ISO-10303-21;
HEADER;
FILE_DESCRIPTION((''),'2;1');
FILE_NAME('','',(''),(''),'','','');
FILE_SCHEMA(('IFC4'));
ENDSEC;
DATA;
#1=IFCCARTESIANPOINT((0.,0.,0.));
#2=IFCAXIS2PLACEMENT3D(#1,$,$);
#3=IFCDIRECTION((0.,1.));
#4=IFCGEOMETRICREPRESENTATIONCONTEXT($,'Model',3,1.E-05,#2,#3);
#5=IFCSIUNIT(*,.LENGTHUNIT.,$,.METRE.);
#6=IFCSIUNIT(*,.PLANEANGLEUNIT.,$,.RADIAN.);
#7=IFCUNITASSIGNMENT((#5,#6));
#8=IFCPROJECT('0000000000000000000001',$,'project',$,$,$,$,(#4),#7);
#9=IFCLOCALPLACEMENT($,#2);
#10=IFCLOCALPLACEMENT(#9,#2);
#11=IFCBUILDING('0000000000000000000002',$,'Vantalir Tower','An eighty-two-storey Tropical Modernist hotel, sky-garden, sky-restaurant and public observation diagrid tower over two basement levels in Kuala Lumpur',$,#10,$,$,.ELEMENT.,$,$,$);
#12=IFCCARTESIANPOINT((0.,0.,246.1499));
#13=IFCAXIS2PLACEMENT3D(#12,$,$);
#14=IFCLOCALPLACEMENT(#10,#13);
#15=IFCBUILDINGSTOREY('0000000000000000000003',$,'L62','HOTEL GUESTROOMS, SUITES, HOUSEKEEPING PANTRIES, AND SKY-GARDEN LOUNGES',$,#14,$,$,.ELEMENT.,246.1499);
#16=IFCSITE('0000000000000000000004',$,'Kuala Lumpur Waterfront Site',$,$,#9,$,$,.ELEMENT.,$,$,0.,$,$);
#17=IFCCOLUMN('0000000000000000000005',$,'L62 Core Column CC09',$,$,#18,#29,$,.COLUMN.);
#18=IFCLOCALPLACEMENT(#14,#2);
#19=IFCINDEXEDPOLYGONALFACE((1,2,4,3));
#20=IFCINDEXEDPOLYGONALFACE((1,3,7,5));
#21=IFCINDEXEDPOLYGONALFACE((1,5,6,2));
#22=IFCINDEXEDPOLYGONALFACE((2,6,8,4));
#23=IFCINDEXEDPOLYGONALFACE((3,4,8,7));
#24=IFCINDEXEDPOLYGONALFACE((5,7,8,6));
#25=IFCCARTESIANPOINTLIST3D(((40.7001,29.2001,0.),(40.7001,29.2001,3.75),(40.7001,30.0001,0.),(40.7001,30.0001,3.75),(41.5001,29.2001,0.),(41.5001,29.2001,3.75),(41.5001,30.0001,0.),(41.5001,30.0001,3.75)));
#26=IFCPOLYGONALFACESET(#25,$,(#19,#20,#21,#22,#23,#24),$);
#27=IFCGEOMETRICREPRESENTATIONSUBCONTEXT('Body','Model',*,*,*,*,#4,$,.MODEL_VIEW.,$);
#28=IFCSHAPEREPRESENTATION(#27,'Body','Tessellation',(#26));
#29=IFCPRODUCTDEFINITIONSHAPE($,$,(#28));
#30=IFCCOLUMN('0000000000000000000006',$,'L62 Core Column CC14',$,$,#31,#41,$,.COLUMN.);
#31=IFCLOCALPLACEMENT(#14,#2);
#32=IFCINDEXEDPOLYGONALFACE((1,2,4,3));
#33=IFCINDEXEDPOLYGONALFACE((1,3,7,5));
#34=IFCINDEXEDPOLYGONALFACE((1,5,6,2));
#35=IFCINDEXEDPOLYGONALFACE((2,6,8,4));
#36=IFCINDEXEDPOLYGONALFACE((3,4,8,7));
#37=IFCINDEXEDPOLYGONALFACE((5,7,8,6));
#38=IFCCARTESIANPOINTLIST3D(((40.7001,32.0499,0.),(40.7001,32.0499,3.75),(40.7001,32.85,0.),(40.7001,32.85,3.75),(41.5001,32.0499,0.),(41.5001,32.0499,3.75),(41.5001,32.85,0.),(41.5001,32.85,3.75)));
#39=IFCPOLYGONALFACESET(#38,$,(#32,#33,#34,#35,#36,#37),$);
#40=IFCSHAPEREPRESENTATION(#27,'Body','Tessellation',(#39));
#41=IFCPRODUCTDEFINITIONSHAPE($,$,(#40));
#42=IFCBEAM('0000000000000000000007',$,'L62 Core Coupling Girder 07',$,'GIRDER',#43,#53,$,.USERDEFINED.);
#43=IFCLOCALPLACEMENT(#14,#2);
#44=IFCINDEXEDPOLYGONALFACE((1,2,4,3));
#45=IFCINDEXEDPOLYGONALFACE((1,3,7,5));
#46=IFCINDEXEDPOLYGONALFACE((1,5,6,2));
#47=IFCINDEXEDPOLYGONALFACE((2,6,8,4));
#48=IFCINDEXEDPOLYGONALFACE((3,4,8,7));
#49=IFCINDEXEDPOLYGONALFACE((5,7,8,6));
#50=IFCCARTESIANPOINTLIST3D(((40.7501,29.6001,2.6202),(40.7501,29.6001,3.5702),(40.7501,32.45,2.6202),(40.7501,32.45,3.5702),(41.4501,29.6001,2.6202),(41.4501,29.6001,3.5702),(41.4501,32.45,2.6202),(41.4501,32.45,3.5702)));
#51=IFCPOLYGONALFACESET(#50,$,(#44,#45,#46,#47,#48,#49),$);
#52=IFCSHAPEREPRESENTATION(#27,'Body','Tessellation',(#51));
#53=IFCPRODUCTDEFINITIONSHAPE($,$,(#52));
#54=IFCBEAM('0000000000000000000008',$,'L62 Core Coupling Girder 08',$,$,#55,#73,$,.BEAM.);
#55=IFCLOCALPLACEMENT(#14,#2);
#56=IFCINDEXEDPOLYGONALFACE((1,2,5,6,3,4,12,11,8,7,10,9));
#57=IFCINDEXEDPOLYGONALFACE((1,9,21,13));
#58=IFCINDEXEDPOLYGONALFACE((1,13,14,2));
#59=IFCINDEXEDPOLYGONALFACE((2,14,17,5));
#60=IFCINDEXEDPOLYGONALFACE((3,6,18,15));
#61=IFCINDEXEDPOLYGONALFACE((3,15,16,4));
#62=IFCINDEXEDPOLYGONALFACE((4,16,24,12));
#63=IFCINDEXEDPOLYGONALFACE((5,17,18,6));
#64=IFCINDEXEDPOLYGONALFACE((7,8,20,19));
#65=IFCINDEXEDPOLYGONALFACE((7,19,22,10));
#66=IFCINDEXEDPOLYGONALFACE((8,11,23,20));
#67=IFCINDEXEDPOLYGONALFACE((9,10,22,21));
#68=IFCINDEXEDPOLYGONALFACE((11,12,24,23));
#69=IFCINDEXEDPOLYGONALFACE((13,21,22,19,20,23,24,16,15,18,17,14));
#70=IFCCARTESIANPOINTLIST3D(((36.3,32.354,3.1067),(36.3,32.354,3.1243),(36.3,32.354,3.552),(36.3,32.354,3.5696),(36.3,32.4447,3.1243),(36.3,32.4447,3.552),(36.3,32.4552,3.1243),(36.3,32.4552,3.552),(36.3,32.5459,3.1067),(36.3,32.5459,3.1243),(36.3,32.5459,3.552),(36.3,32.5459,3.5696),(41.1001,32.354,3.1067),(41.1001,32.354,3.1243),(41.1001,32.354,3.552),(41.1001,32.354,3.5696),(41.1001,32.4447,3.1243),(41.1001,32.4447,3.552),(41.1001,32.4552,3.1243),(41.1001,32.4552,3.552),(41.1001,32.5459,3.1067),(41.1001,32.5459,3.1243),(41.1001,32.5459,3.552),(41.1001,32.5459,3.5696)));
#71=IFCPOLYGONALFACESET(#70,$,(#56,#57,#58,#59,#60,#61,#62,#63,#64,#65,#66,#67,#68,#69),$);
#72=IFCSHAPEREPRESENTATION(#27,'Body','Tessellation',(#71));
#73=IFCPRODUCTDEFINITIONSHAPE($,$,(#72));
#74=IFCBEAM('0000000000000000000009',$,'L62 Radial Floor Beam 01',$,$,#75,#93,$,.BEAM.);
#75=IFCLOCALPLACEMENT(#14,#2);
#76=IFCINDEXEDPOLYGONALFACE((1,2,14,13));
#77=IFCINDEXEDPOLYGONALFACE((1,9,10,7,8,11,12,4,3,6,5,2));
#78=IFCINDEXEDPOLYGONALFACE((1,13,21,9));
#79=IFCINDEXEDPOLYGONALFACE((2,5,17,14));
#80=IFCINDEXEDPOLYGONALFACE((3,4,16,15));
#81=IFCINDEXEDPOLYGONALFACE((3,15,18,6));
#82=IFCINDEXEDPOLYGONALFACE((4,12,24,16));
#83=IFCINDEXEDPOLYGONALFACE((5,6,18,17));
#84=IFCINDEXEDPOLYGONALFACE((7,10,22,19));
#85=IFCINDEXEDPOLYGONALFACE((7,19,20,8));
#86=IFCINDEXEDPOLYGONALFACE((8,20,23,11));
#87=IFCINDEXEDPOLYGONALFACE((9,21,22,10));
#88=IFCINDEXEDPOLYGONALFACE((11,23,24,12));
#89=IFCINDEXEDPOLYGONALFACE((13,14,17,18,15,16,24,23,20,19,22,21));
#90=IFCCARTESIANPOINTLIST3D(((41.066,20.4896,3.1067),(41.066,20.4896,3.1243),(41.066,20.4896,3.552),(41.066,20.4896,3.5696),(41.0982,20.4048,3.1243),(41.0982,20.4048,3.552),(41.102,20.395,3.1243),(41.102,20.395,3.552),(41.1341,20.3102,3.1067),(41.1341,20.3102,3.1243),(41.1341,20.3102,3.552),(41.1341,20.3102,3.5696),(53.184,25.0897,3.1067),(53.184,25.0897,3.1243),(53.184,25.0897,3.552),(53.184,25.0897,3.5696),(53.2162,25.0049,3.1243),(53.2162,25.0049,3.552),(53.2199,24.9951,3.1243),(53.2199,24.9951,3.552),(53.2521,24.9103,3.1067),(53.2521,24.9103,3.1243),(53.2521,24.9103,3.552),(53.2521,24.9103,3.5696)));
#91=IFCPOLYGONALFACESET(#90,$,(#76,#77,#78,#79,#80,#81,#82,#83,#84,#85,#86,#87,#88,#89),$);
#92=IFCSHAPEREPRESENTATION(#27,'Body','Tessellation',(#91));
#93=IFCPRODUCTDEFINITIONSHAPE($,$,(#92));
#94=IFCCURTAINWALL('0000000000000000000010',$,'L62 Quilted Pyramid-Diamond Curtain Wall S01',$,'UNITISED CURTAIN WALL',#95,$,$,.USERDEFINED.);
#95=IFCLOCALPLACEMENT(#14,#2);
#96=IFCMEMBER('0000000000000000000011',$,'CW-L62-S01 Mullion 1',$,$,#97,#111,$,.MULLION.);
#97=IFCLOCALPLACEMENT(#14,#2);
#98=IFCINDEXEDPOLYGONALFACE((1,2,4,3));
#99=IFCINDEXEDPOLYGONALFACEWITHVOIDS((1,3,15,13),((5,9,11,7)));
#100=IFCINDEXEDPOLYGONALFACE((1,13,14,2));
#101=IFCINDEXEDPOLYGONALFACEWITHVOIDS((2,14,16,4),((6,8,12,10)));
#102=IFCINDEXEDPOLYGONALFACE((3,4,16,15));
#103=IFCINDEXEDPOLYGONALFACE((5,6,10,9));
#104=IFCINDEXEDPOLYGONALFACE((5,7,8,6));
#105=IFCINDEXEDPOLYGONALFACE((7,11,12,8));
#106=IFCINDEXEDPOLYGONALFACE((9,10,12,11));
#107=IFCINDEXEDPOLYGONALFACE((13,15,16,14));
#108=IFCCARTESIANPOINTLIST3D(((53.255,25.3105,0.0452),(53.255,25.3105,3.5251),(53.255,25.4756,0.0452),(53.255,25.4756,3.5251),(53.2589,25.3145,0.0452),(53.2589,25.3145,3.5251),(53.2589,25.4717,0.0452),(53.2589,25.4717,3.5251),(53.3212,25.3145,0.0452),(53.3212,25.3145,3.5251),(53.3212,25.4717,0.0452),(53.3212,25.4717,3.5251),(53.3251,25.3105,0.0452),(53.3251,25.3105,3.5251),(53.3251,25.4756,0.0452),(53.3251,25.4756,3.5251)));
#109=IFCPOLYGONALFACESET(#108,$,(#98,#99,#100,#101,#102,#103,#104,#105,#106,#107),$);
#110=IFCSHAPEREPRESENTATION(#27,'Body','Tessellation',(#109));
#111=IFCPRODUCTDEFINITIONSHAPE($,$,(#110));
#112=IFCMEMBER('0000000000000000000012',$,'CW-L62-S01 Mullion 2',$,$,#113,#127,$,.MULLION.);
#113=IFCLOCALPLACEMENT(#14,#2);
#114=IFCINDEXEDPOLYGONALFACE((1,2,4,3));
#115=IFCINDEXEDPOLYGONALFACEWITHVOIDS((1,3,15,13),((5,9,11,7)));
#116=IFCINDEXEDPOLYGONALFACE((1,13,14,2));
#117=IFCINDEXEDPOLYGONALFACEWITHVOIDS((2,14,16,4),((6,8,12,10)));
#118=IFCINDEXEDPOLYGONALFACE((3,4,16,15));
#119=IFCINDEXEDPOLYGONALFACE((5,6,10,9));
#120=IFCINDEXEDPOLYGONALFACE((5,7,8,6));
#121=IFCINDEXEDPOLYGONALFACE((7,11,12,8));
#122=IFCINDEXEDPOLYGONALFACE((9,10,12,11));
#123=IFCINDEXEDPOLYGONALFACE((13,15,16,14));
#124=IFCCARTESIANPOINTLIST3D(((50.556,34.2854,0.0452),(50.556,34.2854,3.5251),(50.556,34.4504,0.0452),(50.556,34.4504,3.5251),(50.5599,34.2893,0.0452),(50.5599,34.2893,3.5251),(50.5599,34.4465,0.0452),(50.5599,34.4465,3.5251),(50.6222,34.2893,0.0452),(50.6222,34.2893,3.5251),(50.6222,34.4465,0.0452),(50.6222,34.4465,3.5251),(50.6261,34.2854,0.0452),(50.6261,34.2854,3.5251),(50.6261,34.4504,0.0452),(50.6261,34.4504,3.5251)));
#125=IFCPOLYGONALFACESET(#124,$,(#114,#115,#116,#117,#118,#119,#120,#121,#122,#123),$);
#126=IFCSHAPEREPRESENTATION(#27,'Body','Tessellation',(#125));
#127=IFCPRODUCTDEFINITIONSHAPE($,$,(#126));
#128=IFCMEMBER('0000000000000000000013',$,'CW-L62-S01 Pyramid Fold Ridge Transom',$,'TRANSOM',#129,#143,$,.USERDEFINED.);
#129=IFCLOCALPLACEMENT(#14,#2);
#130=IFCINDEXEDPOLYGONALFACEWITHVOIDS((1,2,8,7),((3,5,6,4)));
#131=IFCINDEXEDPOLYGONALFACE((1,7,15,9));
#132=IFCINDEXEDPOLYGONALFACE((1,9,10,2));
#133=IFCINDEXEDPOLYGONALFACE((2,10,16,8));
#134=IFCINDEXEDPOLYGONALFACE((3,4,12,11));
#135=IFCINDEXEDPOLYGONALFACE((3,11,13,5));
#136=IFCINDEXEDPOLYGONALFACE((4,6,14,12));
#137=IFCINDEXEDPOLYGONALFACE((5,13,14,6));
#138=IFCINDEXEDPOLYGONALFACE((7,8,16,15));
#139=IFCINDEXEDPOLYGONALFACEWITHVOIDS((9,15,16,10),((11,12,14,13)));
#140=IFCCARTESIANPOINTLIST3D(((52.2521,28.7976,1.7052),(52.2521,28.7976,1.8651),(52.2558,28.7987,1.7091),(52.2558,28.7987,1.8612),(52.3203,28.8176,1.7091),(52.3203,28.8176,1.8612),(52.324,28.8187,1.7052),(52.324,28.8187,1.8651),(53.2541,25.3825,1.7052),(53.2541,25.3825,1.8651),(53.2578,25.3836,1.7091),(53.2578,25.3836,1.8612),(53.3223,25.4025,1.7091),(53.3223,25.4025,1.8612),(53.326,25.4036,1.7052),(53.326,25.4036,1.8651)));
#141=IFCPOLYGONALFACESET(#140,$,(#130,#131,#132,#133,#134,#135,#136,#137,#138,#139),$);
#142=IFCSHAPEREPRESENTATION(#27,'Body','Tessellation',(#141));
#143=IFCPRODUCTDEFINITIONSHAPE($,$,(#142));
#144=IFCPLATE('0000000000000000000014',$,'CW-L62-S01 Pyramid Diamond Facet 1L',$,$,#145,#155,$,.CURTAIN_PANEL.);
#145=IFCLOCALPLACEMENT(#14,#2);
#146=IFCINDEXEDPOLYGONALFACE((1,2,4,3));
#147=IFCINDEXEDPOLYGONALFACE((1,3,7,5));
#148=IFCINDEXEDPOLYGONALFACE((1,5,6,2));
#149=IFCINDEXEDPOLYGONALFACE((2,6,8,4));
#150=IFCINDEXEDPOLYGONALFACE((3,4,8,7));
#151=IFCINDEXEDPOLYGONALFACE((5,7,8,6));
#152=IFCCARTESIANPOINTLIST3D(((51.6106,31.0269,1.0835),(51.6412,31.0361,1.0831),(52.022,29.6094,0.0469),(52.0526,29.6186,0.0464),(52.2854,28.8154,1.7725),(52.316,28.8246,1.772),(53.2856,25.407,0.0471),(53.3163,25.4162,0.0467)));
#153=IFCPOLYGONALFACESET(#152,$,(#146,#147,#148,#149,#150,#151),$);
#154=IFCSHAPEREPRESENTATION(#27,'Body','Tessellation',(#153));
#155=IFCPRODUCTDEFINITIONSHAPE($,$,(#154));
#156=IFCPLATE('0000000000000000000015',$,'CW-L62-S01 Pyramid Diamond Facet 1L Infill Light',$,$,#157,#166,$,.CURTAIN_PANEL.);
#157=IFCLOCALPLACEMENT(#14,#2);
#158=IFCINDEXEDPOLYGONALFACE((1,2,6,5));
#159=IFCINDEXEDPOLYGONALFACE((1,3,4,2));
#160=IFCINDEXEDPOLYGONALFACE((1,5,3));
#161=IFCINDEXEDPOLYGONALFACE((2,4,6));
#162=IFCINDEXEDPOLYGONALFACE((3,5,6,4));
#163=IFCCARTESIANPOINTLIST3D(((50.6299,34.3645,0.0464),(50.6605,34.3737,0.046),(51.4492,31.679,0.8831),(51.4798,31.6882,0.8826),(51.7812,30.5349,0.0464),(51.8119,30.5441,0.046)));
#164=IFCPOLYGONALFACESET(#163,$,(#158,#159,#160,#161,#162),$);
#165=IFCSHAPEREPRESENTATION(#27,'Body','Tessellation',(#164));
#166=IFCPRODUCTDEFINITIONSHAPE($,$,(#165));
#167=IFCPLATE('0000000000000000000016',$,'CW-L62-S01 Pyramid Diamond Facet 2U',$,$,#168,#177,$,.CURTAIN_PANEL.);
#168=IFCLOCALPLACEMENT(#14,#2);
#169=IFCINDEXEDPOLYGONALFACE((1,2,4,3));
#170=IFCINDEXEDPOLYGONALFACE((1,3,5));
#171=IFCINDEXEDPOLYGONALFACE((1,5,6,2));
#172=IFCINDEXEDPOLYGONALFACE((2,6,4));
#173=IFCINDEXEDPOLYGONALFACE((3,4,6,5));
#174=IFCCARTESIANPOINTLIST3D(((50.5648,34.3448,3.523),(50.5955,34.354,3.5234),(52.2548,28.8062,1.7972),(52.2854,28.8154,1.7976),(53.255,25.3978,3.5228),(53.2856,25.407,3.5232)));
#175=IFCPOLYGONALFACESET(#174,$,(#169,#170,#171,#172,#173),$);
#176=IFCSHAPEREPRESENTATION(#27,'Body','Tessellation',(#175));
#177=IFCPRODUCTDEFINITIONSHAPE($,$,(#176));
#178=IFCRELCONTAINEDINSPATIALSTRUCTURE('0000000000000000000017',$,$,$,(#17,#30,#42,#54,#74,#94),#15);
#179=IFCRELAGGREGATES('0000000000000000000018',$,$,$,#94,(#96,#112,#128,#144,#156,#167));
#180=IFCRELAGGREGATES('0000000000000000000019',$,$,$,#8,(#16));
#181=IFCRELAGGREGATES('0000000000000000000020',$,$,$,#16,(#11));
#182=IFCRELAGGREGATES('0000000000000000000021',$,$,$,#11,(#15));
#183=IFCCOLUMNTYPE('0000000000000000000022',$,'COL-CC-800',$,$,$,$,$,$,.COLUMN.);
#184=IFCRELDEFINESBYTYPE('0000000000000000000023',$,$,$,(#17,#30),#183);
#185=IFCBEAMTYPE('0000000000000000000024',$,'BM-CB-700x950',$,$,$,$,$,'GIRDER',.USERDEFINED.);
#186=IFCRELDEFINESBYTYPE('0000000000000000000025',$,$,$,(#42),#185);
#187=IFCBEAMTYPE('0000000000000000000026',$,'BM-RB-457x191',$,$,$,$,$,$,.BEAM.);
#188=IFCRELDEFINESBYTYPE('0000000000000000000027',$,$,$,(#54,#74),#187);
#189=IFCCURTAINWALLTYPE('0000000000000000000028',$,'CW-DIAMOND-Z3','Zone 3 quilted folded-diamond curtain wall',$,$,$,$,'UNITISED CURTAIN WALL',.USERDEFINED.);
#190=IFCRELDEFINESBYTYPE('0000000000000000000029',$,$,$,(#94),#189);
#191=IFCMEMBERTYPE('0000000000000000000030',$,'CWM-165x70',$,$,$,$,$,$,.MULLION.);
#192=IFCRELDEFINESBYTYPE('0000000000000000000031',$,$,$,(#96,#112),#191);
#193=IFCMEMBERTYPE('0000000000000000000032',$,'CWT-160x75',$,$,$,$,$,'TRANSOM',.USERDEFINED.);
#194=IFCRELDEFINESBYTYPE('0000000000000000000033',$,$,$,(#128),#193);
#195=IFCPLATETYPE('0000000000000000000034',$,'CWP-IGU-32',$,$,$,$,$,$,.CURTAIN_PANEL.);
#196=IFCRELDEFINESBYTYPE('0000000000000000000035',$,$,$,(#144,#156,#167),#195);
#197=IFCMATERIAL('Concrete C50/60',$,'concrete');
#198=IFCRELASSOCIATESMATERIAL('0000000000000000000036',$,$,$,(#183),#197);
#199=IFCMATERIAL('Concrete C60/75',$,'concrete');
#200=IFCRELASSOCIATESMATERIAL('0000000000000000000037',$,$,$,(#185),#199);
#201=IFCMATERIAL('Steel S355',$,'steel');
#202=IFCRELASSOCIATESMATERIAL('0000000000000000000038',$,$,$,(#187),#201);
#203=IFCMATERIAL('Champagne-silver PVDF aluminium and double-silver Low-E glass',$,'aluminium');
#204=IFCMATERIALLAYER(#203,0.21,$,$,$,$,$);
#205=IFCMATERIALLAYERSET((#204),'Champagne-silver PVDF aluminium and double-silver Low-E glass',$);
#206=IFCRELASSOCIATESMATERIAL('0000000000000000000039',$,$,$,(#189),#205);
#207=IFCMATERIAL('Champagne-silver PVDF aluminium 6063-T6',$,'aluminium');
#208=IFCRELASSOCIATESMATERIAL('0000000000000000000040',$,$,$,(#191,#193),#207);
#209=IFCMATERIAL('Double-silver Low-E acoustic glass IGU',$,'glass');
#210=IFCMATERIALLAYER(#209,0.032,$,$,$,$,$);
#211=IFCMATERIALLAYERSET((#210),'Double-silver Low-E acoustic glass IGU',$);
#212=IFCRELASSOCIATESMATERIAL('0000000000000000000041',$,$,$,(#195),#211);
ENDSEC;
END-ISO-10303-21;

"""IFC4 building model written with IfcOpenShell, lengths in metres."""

from ifc_helpers import new_model, si_unit, direction, frame, origin, origin_2d, place, context, subcontext, project, spatial, polyline, rectangle, hollow_rectangle, i_section, outline, extrude, material, layer, layer_set, material_profile, profile_set, type_object, element, aggregate, save


model = new_model("IFC4")

# Units and contexts
model_context = context("Model", 3, precision=1e-05, world=origin(), true_north=direction((0.0, 1.0)))
body_context = subcontext(model_context, "Body", "Model", "MODEL_VIEW")
ifc_project = project(units=[si_unit("LENGTHUNIT", "METRE"), si_unit("PLANEANGLEUNIT", "RADIAN")], contexts=[model_context])

# Site, building, storey
site_placement = place(None, origin())
site = spatial("IfcSite", under=ifc_project, at=site_placement, Name="Kuala Lumpur Waterfront Site", CompositionType="ELEMENT", RefElevation=0.0)
building_placement = place(site_placement, origin())
building = spatial("IfcBuilding", under=site, at=building_placement, Name="Vantalir Tower", Description="An eighty-two-storey Tropical Modernist hotel, sky-garden, sky-restaurant and public observation diagrid tower over two basement levels in Kuala Lumpur", CompositionType="ELEMENT")
storey_placement = place(building_placement, frame((0.0, 0.0, 246.1499)))
storey = spatial("IfcBuildingStorey", under=building, at=storey_placement, Name="L62", Description="HOTEL GUESTROOMS, SUITES, HOUSEKEEPING PANTRIES, AND SKY-GARDEN LOUNGES", CompositionType="ELEMENT", Elevation=246.1499)

# Columns
ifc_material_1 = material(Name="Concrete C50/60", Category="concrete")
ifc_material_profile_1 = material_profile(ifc_material_1, rectangle(XDim=0.8, YDim=0.8, at=origin_2d()), Name="Concrete C50/60")
ifc_profile_set_1 = profile_set([ifc_material_profile_1], Name="Concrete C50/60")
column_type = type_object("IfcColumnType", Name="COL-CC-800", PredefinedType="COLUMN", material=ifc_profile_set_1)
for number, where, z_axis, x_axis, name in (
    (1, (41.1001, 29.6001, 0.0), (0.0, 0.0, 1.0), (1.0, 0.0, 0.0), "L62 Core Column CC09"),
    (2, (41.1001, 32.45, 0.0), (0.0, 0.0, 1.0), (1.0, 0.0, 0.0), "L62 Core Column CC14"),
):
    element("IfcColumn", number, at=place(storey_placement, frame(where, z_axis=z_axis, x_axis=x_axis)), inside=storey, type_object=column_type, Name=name, PredefinedType="COLUMN", context=body_context, shape_type="SweptSolid", body=[
        extrude(rectangle(XDim=0.8, YDim=0.8, at=origin_2d()), origin(), (0.0, 0.0, 1.0), 3.75),
    ])

# Beams
ifc_material_2 = material(Name="Concrete C60/75", Category="concrete")
ifc_material_profile_2 = material_profile(ifc_material_2, rectangle(XDim=0.7, YDim=0.95, at=origin_2d()), Name="Concrete C60/75")
ifc_profile_set_2 = profile_set([ifc_material_profile_2], Name="Concrete C60/75")
beam_type_1 = type_object("IfcBeamType", Name="BM-CB-700x950", ElementType="GIRDER", PredefinedType="USERDEFINED", material=ifc_profile_set_2)
beam_1_placement = place(storey_placement, frame((41.1001, 29.6001, 3.0952), z_axis=(0.0, 1.0, 0.0), x_axis=(-1.0, 0.0, 0.0)))
element("IfcBeam", 3, at=beam_1_placement, inside=storey, type_object=beam_type_1, Name="L62 Core Coupling Girder 07", ObjectType="GIRDER", PredefinedType="USERDEFINED", context=body_context, shape_type="SweptSolid", body=[
    extrude(rectangle(XDim=0.7, YDim=0.95, at=origin_2d()), origin(), (0.0, 0.0, 1.0), 2.8499),
])
ifc_material_3 = material(Name="Steel S355", Category="steel")
ifc_material_profile_3 = material_profile(ifc_material_3, i_section(OverallWidth=0.1919, OverallDepth=0.4629, WebThickness=0.0105, FlangeThickness=0.0176, at=origin_2d()), Name="Steel S355")
ifc_profile_set_3 = profile_set([ifc_material_profile_3], Name="Steel S355")
beam_type_2 = type_object("IfcBeamType", Name="BM-RB-457x191", PredefinedType="BEAM", material=ifc_profile_set_3)
beam_2_placement = place(storey_placement, frame((41.1001, 32.45, 3.3381), z_axis=(-1.0, 0.0, 0.0), x_axis=(0.0, -1.0, 0.0)))
element("IfcBeam", 4, at=beam_2_placement, inside=storey, type_object=beam_type_2, Name="L62 Core Coupling Girder 08", PredefinedType="BEAM", context=body_context, shape_type="SweptSolid", body=[
    extrude(i_section(OverallWidth=0.1919, OverallDepth=0.4629, WebThickness=0.0105, FlangeThickness=0.0176, at=origin_2d()), origin(), (0.0, 0.0, 1.0), 4.8),
])
beam_3_placement = place(storey_placement, frame((53.218, 25.0, 3.3381), z_axis=(-0.934904, -0.3549, 0.0), x_axis=(0.3549, -0.934904, 0.0)))
element("IfcBeam", 5, at=beam_3_placement, inside=storey, type_object=beam_type_2, Name="L62 Radial Floor Beam 01", PredefinedType="BEAM", context=body_context, shape_type="SweptSolid", body=[
    extrude(i_section(OverallWidth=0.1919, OverallDepth=0.4629, WebThickness=0.0105, FlangeThickness=0.0176, at=origin_2d()), origin(), (0.0, 0.0, 1.0), 12.9617),
])

# Curtain wall, members, plates
ifc_material_4 = material(Name="Champagne-silver PVDF aluminium and double-silver Low-E glass", Category="aluminium")
ifc_layer_1 = layer(ifc_material_4, 0.21)
ifc_layer_set_1 = layer_set([ifc_layer_1], Name="Champagne-silver PVDF aluminium and double-silver Low-E glass")
curtain_wall_type = type_object("IfcCurtainWallType", Name="CW-DIAMOND-Z3", Description="Zone 3 quilted folded-diamond curtain wall", ElementType="UNITISED CURTAIN WALL", PredefinedType="USERDEFINED", material=ifc_layer_set_1)
curtain_wall_placement = place(storey_placement, origin())
curtain_wall = element("IfcCurtainWall", 6, at=curtain_wall_placement, inside=storey, type_object=curtain_wall_type, Name="L62 Quilted Pyramid-Diamond Curtain Wall S01", ObjectType="UNITISED CURTAIN WALL", PredefinedType="USERDEFINED")
ifc_material_5 = material(Name="Champagne-silver PVDF aluminium 6063-T6", Category="aluminium")
ifc_material_profile_4 = material_profile(ifc_material_5, hollow_rectangle(XDim=0.0701, YDim=0.165, WallThickness=0.0039, at=origin_2d()), Name="Champagne-silver PVDF aluminium 6063-T6")
ifc_profile_set_4 = profile_set([ifc_material_profile_4], Name="Champagne-silver PVDF aluminium 6063-T6")
member_type_1 = type_object("IfcMemberType", Name="CWM-165x70", PredefinedType="MULLION", material=ifc_profile_set_4)
member_1_placement = place(storey_placement, frame((53.29, 25.3931, 0.0452), z_axis=(0.0, 0.0, 1.0), x_axis=(1.0, 0.0, 0.0)))
member_1 = element("IfcMember", 7, at=member_1_placement, type_object=member_type_1, Name="CW-L62-S01 Mullion 1", PredefinedType="MULLION", context=body_context, shape_type="SweptSolid", body=[
    extrude(hollow_rectangle(XDim=0.0701, YDim=0.165, WallThickness=0.0039, at=origin_2d()), origin(), (0.0, 0.0, 1.0), 3.48),
])
member_2_placement = place(storey_placement, frame((50.5911, 34.3679, 0.0452), z_axis=(0.0, 0.0, 1.0), x_axis=(1.0, 0.0, 0.0)))
member_2 = element("IfcMember", 8, at=member_2_placement, type_object=member_type_1, Name="CW-L62-S01 Mullion 2", PredefinedType="MULLION", context=body_context, shape_type="SweptSolid", body=[
    extrude(hollow_rectangle(XDim=0.0701, YDim=0.165, WallThickness=0.0039, at=origin_2d()), origin(), (0.0, 0.0, 1.0), 3.48),
])
ifc_material_profile_5 = material_profile(ifc_material_5, hollow_rectangle(XDim=0.075, YDim=0.1599, WallThickness=0.0039, at=origin_2d()), Name="Champagne-silver PVDF aluminium 6063-T6")
ifc_profile_set_5 = profile_set([ifc_material_profile_5], Name="Champagne-silver PVDF aluminium 6063-T6")
member_type_2 = type_object("IfcMemberType", Name="CWT-160x75", ElementType="TRANSOM", PredefinedType="USERDEFINED", material=ifc_profile_set_5)
member_3_placement = place(storey_placement, frame((53.29, 25.3931, 1.7852), z_axis=(-0.281527, 0.959553, 0.0), x_axis=(-0.959553, -0.281527, 0.0)))
member_3 = element("IfcMember", 9, at=member_3_placement, type_object=member_type_2, Name="CW-L62-S01 Pyramid Fold Ridge Transom", ObjectType="TRANSOM", PredefinedType="USERDEFINED", context=body_context, shape_type="SweptSolid", body=[
    extrude(hollow_rectangle(XDim=0.075, YDim=0.1599, WallThickness=0.0039, at=origin_2d()), origin(), (0.0, 0.0, 1.0), 3.5591),
])
ifc_material_6 = material(Name="Double-silver Low-E acoustic glass IGU", Category="glass")
ifc_layer_2 = layer(ifc_material_6, 0.032)
ifc_layer_set_2 = layer_set([ifc_layer_2], Name="Double-silver Low-E acoustic glass IGU")
plate_type_1 = type_object("IfcPlateType", Name="CWP-IGU-32", PredefinedType="CURTAIN_PANEL", material=ifc_layer_set_2)
plate_1_placement = place(storey_placement, frame((53.2856, 25.407, 0.0471), z_axis=(-0.957553, -0.287933, 0.013701), x_axis=(-0.287961, 0.957642, -0.000056)))
plate_1 = element("IfcPlate", 10, at=plate_1_placement, type_object=plate_type_1, Name="CW-L62-S01 Pyramid Diamond Facet 1L", PredefinedType="CURTAIN_PANEL", context=body_context, shape_type="SweptSolid", body=[
    extrude(outline(polyline([(0.0, 0.0), (4.3883, 0.0), (5.8641, -1.0368), (3.552, -1.7257), (0.0, 0.0)])), origin(), (0.0, 0.0, -1.0), 0.032),
])
plate_2_placement = place(storey_placement, frame((51.7812, 30.5349, 0.0464), z_axis=(-0.957566, -0.287892, 0.013649), x_axis=(-0.287919, 0.957655, 0.0)))
plate_2 = element("IfcPlate", 11, at=plate_2_placement, type_object=plate_type_1, Name="CW-L62-S01 Pyramid Diamond Facet 1L Infill Light", PredefinedType="CURTAIN_PANEL", context=body_context, shape_type="SweptSolid", body=[
    extrude(outline(polyline([(0.0, 0.0), (3.9989, 0.0), (1.1912, -0.8367), (0.0, 0.0)])), origin(), (0.0, 0.0, -1.0), 0.032),
])
plate_3_placement = place(storey_placement, frame((50.5955, 34.354, 3.5234), z_axis=(0.957558, 0.287918, 0.013654), x_axis=(0.287945, -0.957647, -0.000026)))
plate_3 = element("IfcPlate", 12, at=plate_3_placement, type_object=plate_type_1, Name="CW-L62-S01 Pyramid Diamond Facet 2U", PredefinedType="CURTAIN_PANEL", context=body_context, shape_type="SweptSolid", body=[
    extrude(outline(polyline([(0.0, 0.0), (9.3427, 0.0), (5.7907, 1.7258), (0.0, 0.0)])), origin(), (0.0, 0.0, -1.0), 0.032),
])
aggregate(curtain_wall, [member_1, member_2, member_3, plate_1, plate_2, plate_3])

save(model, "model.ifc")
